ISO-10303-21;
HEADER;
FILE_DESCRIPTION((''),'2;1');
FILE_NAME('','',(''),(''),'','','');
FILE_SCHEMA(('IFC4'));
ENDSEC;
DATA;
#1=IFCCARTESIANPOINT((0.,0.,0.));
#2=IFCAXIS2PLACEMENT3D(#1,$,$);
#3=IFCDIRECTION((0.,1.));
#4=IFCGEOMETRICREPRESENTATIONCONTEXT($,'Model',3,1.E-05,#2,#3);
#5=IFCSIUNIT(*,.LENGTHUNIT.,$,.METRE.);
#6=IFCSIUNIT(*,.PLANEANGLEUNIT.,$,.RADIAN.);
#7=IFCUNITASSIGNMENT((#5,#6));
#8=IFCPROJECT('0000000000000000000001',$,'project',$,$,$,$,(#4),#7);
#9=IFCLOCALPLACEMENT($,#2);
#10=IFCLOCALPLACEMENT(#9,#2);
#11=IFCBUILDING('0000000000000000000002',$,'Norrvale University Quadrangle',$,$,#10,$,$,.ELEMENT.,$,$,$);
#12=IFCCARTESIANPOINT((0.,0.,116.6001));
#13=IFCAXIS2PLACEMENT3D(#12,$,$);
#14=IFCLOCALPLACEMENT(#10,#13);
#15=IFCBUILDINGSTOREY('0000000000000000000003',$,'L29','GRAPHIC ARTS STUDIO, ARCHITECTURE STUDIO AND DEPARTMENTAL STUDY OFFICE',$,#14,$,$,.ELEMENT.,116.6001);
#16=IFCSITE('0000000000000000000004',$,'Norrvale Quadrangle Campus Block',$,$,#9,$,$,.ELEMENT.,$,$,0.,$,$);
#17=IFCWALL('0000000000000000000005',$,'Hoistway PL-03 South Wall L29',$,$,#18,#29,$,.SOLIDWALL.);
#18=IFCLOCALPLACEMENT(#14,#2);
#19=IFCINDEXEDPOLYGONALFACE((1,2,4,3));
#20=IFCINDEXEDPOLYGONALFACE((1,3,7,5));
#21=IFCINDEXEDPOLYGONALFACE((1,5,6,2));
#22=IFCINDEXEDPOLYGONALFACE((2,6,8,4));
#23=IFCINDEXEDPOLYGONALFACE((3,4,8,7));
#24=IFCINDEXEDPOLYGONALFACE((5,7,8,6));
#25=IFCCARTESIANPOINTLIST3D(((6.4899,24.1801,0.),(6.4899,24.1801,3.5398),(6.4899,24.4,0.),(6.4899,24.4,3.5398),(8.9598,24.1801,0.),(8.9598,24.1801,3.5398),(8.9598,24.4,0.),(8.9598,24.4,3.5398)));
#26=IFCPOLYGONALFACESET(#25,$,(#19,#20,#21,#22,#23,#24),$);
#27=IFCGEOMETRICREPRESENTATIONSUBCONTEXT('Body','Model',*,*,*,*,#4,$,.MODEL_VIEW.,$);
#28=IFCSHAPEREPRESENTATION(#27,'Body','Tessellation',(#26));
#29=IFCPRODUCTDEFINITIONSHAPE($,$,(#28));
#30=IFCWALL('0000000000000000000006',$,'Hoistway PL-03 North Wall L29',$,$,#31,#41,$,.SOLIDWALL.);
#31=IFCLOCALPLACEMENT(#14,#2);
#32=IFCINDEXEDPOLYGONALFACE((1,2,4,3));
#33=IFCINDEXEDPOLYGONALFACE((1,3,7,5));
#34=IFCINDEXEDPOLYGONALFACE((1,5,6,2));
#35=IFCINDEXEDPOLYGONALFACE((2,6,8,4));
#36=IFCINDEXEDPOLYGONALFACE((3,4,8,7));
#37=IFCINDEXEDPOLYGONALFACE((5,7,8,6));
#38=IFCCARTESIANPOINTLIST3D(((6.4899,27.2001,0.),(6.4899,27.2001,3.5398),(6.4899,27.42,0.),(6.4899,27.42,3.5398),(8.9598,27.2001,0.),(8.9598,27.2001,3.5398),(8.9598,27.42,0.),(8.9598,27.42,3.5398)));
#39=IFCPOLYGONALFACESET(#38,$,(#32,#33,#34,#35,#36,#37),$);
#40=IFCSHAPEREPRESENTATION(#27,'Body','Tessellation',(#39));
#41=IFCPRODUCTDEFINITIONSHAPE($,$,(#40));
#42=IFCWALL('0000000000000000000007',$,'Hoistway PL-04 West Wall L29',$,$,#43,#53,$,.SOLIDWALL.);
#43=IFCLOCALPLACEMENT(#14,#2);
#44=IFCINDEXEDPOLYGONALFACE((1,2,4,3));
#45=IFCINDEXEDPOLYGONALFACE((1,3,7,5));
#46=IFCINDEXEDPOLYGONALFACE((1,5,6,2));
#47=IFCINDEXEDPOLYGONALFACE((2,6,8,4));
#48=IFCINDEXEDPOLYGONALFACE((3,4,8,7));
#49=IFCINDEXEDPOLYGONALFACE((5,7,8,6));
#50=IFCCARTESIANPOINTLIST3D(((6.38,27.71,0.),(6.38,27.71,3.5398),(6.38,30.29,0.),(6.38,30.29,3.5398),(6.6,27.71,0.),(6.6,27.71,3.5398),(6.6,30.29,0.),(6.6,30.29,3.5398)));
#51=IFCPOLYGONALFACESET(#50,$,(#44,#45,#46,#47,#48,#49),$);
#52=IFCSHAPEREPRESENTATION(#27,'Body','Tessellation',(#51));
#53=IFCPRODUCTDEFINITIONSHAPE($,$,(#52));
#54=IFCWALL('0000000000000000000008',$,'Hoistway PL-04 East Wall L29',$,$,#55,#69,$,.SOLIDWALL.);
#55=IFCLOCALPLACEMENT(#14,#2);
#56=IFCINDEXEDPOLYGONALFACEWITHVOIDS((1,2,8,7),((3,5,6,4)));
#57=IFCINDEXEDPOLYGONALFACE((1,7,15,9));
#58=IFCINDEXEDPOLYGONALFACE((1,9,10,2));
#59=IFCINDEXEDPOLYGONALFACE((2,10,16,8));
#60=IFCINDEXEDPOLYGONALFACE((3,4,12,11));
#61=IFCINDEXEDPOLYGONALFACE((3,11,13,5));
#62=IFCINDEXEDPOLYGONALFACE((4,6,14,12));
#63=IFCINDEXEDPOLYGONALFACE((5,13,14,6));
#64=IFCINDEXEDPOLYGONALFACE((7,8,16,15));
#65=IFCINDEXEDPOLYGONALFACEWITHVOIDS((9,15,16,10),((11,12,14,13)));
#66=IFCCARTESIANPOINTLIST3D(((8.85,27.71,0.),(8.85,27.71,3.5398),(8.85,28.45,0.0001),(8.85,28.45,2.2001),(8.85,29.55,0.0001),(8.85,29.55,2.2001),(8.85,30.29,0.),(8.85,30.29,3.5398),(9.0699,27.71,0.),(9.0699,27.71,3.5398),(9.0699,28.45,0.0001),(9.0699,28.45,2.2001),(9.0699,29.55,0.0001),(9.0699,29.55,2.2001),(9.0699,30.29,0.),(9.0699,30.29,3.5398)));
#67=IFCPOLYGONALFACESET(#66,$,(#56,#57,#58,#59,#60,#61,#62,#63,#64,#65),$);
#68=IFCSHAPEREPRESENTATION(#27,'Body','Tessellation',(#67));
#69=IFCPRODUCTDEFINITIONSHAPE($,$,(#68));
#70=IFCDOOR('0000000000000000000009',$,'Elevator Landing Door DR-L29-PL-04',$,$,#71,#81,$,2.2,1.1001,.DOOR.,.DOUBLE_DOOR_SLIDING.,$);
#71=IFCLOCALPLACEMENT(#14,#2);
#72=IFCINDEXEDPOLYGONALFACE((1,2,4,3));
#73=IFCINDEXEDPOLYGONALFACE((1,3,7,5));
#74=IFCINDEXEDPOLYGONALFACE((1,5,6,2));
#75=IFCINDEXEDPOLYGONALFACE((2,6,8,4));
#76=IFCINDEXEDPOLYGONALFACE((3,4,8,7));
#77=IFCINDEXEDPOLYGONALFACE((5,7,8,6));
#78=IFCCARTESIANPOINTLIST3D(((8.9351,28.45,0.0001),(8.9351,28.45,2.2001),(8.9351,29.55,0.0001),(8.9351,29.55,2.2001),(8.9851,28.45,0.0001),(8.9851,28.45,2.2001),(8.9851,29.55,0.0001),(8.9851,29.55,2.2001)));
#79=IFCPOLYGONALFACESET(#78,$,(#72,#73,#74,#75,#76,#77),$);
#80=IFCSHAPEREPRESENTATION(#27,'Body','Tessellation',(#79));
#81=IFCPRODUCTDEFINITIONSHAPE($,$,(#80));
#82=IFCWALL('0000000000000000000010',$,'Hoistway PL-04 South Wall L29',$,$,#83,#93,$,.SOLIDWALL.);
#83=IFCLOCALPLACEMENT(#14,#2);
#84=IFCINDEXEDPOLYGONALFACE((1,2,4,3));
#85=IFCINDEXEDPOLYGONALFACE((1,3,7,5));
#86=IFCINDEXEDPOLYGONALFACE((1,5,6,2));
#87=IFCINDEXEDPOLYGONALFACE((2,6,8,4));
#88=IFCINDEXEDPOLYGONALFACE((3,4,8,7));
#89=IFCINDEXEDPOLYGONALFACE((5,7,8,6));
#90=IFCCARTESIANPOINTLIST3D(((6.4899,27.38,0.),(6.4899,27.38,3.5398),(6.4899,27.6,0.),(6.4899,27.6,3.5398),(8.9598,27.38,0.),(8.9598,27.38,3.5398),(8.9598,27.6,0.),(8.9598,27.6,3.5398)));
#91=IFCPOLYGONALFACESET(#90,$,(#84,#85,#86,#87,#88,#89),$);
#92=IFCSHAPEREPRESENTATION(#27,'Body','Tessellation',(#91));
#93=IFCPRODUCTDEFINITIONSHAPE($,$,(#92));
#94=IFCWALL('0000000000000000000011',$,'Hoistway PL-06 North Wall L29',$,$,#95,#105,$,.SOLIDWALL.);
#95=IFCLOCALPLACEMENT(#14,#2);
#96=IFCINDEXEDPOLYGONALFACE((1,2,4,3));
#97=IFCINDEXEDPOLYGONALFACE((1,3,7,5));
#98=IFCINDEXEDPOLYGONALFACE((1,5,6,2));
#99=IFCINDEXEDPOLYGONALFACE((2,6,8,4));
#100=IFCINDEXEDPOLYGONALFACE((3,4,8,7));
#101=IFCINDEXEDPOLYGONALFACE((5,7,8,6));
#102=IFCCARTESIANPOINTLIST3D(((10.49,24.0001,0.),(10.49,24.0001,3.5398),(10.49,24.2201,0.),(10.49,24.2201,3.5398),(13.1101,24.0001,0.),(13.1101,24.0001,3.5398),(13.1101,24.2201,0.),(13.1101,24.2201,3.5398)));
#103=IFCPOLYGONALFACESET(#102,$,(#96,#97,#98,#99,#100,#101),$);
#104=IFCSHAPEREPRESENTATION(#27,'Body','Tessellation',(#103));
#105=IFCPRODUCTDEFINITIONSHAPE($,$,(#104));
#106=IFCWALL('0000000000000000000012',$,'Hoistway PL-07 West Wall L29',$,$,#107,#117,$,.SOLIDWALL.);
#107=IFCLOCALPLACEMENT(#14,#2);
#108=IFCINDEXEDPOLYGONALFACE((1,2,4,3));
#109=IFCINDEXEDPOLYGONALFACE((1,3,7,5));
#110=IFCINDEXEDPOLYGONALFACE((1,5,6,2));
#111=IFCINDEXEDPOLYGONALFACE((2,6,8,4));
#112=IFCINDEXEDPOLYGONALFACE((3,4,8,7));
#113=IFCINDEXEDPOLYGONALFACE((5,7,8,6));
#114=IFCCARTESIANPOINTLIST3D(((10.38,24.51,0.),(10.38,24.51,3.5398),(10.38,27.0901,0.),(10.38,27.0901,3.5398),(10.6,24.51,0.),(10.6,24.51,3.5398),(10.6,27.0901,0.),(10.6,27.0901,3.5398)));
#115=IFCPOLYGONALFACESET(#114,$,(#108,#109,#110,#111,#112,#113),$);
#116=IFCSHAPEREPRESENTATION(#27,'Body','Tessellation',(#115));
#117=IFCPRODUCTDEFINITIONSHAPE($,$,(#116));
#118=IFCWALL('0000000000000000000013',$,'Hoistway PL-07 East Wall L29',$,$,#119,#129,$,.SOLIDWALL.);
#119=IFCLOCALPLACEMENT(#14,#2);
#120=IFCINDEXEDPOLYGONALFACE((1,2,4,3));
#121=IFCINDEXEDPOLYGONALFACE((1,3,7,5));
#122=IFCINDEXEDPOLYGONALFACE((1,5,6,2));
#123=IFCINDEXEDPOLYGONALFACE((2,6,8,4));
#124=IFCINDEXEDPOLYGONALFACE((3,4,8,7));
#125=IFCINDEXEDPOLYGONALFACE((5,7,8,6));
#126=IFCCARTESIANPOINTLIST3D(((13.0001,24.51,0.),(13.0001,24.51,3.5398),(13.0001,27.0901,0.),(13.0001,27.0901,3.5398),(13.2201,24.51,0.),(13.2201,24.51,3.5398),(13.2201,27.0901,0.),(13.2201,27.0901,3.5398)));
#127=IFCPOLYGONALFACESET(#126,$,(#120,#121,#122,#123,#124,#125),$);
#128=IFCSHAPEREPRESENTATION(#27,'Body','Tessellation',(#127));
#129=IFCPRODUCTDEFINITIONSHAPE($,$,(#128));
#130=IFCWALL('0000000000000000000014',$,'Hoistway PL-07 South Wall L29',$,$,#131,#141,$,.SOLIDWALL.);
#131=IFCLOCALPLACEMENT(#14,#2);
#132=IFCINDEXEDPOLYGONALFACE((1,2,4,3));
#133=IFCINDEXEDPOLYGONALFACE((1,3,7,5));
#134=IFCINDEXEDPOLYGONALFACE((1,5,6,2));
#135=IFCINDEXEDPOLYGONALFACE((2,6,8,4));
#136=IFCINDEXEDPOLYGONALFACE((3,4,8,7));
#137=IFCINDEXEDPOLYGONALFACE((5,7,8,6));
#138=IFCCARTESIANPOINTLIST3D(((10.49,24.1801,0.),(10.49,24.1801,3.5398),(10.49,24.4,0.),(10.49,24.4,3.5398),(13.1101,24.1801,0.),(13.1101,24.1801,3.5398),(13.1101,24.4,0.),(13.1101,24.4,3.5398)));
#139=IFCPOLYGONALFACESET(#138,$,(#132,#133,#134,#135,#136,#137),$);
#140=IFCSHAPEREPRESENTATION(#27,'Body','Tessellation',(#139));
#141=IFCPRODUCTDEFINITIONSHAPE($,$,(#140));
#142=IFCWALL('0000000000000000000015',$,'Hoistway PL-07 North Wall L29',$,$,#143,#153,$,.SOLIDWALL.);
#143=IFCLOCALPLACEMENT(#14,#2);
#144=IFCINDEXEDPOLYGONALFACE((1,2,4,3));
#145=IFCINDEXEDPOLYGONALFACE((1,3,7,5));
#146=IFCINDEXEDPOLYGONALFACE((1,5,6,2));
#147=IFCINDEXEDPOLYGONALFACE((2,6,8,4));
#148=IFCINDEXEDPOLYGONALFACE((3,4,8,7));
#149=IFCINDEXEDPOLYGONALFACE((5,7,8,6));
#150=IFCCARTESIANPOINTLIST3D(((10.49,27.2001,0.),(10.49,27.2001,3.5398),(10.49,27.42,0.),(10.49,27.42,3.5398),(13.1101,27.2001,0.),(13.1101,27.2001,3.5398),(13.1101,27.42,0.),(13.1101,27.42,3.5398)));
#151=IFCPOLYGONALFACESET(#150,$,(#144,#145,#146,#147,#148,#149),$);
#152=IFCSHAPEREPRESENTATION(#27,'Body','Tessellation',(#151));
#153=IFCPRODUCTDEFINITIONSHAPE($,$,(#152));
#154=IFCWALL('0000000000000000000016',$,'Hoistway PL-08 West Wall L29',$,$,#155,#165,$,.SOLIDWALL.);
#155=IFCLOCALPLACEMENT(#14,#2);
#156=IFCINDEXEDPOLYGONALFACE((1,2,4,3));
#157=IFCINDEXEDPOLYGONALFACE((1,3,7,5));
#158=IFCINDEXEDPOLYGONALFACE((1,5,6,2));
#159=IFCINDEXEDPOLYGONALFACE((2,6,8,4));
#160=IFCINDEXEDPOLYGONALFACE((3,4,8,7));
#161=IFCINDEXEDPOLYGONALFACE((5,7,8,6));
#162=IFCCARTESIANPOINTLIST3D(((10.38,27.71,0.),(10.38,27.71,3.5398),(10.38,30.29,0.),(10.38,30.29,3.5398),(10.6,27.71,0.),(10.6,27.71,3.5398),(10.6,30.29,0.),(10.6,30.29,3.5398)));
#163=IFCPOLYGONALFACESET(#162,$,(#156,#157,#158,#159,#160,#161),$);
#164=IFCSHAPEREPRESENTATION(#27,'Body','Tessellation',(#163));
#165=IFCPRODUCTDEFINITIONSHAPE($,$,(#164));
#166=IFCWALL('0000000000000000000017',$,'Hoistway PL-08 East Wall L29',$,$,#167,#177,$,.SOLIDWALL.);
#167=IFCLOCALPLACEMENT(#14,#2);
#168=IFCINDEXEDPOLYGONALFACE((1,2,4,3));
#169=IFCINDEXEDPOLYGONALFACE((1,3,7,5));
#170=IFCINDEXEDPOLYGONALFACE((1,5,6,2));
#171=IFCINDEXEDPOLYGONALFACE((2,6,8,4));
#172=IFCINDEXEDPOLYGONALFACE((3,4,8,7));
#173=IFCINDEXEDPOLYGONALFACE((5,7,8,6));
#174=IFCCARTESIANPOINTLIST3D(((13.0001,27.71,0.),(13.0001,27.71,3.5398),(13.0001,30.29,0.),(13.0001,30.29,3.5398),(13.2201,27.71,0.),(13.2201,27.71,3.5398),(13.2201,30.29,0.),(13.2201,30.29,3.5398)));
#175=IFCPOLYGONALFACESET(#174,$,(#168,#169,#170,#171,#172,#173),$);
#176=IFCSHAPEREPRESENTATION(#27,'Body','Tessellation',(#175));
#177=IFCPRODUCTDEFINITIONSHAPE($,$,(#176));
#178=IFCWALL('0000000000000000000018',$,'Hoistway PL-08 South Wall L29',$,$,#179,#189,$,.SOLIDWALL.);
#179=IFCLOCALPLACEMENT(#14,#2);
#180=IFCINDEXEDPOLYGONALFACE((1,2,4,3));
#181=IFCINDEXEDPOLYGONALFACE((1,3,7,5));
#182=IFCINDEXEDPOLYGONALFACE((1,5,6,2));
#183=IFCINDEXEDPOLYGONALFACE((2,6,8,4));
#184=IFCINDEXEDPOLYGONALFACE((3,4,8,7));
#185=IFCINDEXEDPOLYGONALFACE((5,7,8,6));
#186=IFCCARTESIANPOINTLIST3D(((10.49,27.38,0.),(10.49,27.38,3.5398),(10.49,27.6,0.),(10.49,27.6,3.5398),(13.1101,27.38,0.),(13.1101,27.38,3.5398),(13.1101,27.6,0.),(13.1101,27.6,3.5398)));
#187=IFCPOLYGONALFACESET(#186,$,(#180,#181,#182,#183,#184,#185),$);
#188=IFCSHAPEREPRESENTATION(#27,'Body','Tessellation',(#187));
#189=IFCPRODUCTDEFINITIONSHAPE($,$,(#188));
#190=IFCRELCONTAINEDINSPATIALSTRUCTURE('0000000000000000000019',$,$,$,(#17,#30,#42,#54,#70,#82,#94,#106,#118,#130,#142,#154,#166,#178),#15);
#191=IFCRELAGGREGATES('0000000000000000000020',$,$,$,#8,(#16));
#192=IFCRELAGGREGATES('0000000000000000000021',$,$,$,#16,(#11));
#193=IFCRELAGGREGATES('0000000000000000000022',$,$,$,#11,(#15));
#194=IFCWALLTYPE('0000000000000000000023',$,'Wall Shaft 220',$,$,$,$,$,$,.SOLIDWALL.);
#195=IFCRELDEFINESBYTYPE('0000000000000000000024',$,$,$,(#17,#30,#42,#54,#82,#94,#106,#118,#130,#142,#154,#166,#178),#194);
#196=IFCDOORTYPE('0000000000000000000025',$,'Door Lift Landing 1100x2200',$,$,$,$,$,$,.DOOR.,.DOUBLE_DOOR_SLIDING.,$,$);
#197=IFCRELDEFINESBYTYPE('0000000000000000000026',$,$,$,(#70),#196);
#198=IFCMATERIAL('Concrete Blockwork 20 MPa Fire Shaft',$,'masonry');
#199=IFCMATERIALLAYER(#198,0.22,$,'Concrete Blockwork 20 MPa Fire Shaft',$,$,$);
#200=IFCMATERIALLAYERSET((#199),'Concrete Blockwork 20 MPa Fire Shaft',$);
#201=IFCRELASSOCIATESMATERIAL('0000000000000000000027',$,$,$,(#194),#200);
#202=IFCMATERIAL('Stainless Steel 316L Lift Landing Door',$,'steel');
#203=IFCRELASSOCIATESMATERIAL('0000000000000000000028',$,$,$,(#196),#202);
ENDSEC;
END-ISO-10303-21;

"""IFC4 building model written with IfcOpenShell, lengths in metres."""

from ifc_helpers import new_model, si_unit, direction, frame, frame_2d, origin, place, context, subcontext, project, spatial, rectangle, extrude, material, layer, layer_set, type_object, element, fill, save


model = new_model("IFC4")

# Units and contexts
model_context = context("Model", 3, precision=1e-05, world=origin(), true_north=direction((0.0, 1.0)))
body_context = subcontext(model_context, "Body", "Model", "MODEL_VIEW")
ifc_project = project(units=[si_unit("LENGTHUNIT", "METRE"), si_unit("PLANEANGLEUNIT", "RADIAN")], contexts=[model_context])

# Site, building, storey
site_placement = place(None, origin())
site = spatial("IfcSite", under=ifc_project, at=site_placement, Name="Norrvale Quadrangle Campus Block", CompositionType="ELEMENT", RefElevation=0.0)
building_placement = place(site_placement, origin())
building = spatial("IfcBuilding", under=site, at=building_placement, Name="Norrvale University Quadrangle", CompositionType="ELEMENT")
storey_placement = place(building_placement, frame((0.0, 0.0, 116.6001)))
storey = spatial("IfcBuildingStorey", under=building, at=storey_placement, Name="L29", Description="GRAPHIC ARTS STUDIO, ARCHITECTURE STUDIO AND DEPARTMENTAL STUDY OFFICE", CompositionType="ELEMENT", Elevation=116.6001)

# Shared definitions
ifc_material_1 = material(Name="Concrete Blockwork 20 MPa Fire Shaft", Category="masonry")
ifc_layer = layer(ifc_material_1, 0.22, Name="Concrete Blockwork 20 MPa Fire Shaft")
ifc_layer_set = layer_set([ifc_layer], Name="Concrete Blockwork 20 MPa Fire Shaft")
wall_type = type_object("IfcWallType", Name="Wall Shaft 220", PredefinedType="SOLIDWALL", material=ifc_layer_set)

# Shared definitions
ifc_material_2 = material(Name="Stainless Steel 316L Lift Landing Door", Category="steel")
door_type = type_object("IfcDoorType", Name="Door Lift Landing 1100x2200", OperationType="DOUBLE_DOOR_SLIDING", PredefinedType="DOOR", material=ifc_material_2)

# Walls
for number, where, z_axis, x_axis, name in (
    (1, (6.49, 24.29, 0.0), (0.0, 0.0, 1.0), (1.0, 0.0, 0.0), "Hoistway PL-03 South Wall L29"),
    (2, (6.49, 27.3101, 0.0), (0.0, 0.0, 1.0), (1.0, 0.0, 0.0), "Hoistway PL-03 North Wall L29"),
):
    element("IfcWall", number, at=place(storey_placement, frame(where, z_axis=z_axis, x_axis=x_axis)), inside=storey, type_object=wall_type, Name=name, PredefinedType="SOLIDWALL", context=body_context, shape_type="SweptSolid", body=[
        extrude(rectangle(XDim=2.47, YDim=0.22, at=frame_2d((1.2349, 0.0))), origin(), (0.0, 0.0, 1.0), 3.5398),
    ])
wall_1_placement = place(storey_placement, frame((6.49, 27.71, 0.0), z_axis=(0.0, 0.0, 1.0), x_axis=(0.0, 1.0, 0.0)))
element("IfcWall", 3, at=wall_1_placement, inside=storey, type_object=wall_type, Name="Hoistway PL-04 West Wall L29", PredefinedType="SOLIDWALL", context=body_context, shape_type="SweptSolid", body=[
    extrude(rectangle(XDim=2.5801, YDim=0.22, at=frame_2d((1.29, 0.0))), origin(), (0.0, 0.0, 1.0), 3.5398),
])

# Wall, opening, door
wall_2_placement = place(storey_placement, frame((8.96, 27.71, 0.0), z_axis=(0.0, 0.0, 1.0), x_axis=(0.0, 1.0, 0.0)))
wall_2 = element("IfcWall", 4, at=wall_2_placement, inside=storey, type_object=wall_type, Name="Hoistway PL-04 East Wall L29", PredefinedType="SOLIDWALL", context=body_context, shape_type="SweptSolid", body=[
    extrude(rectangle(XDim=2.5801, YDim=0.22, at=frame_2d((1.29, 0.0))), origin(), (0.0, 0.0, 1.0), 3.5398),
])
opening_1_placement = place(wall_2_placement, frame((0.74, 0.0, 0.0)))
opening_1 = element("IfcOpeningElement", 5, at=opening_1_placement, cuts=wall_2, PredefinedType="OPENING", context=body_context, shape_type="SweptSolid", body=[
    extrude(rectangle(XDim=1.1001, YDim=2.2, at=frame_2d((0.55, 1.1001))), frame((0.0, 0.1221, 0.0), z_axis=(0.0, -1.0, 0.0), x_axis=(1.0, 0.0, 0.0)), (0.0, 0.0, 1.0), 0.2439),
])
door_1_placement = place(opening_1_placement, origin())
door_1 = element("IfcDoor", 6, at=door_1_placement, inside=storey, type_object=door_type, Name="Elevator Landing Door DR-L29-PL-04", OperationType="DOUBLE_DOOR_SLIDING", OverallHeight=2.2, OverallWidth=1.1001, PredefinedType="DOOR", context=body_context, shape_type="SweptSolid", body=[
    extrude(rectangle(XDim=1.1001, YDim=2.2, at=frame_2d((0.55, 1.1001))), frame((0.0, 0.0249, 0.0), z_axis=(0.0, -1.0, 0.0), x_axis=(1.0, 0.0, 0.0)), (0.0, 0.0, 1.0), 0.05),
])
fill(opening_1, door_1)

# Walls
wall_3_placement = place(storey_placement, frame((6.49, 27.49, 0.0), z_axis=(0.0, 0.0, 1.0), x_axis=(1.0, 0.0, 0.0)))
element("IfcWall", 7, at=wall_3_placement, inside=storey, type_object=wall_type, Name="Hoistway PL-04 South Wall L29", PredefinedType="SOLIDWALL", context=body_context, shape_type="SweptSolid", body=[
    extrude(rectangle(XDim=2.47, YDim=0.22, at=frame_2d((1.2349, 0.0))), origin(), (0.0, 0.0, 1.0), 3.5398),
])
wall_4_placement = place(storey_placement, frame((10.49, 24.1101, 0.0), z_axis=(0.0, 0.0, 1.0), x_axis=(1.0, 0.0, 0.0)))
element("IfcWall", 8, at=wall_4_placement, inside=storey, type_object=wall_type, Name="Hoistway PL-06 North Wall L29", PredefinedType="SOLIDWALL", context=body_context, shape_type="SweptSolid", body=[
    extrude(rectangle(XDim=2.6201, YDim=0.22, at=frame_2d((1.3101, 0.0))), origin(), (0.0, 0.0, 1.0), 3.5398),
])
for number, where, z_axis, x_axis, name in (
    (9, (10.49, 24.51, 0.0), (0.0, 0.0, 1.0), (0.0, 1.0, 0.0), "Hoistway PL-07 West Wall L29"),
    (10, (13.1101, 24.51, 0.0), (0.0, 0.0, 1.0), (0.0, 1.0, 0.0), "Hoistway PL-07 East Wall L29"),
):
    element("IfcWall", number, at=place(storey_placement, frame(where, z_axis=z_axis, x_axis=x_axis)), inside=storey, type_object=wall_type, Name=name, PredefinedType="SOLIDWALL", context=body_context, shape_type="SweptSolid", body=[
        extrude(rectangle(XDim=2.5801, YDim=0.22, at=frame_2d((1.29, 0.0))), origin(), (0.0, 0.0, 1.0), 3.5398),
    ])
for number, where, z_axis, x_axis, name in (
    (11, (10.49, 24.29, 0.0), (0.0, 0.0, 1.0), (1.0, 0.0, 0.0), "Hoistway PL-07 South Wall L29"),
    (12, (10.49, 27.3101, 0.0), (0.0, 0.0, 1.0), (1.0, 0.0, 0.0), "Hoistway PL-07 North Wall L29"),
):
    element("IfcWall", number, at=place(storey_placement, frame(where, z_axis=z_axis, x_axis=x_axis)), inside=storey, type_object=wall_type, Name=name, PredefinedType="SOLIDWALL", context=body_context, shape_type="SweptSolid", body=[
        extrude(rectangle(XDim=2.6201, YDim=0.22, at=frame_2d((1.3101, 0.0))), origin(), (0.0, 0.0, 1.0), 3.5398),
    ])
for number, where, z_axis, x_axis, name in (
    (13, (10.49, 27.71, 0.0), (0.0, 0.0, 1.0), (0.0, 1.0, 0.0), "Hoistway PL-08 West Wall L29"),
    (14, (13.1101, 27.71, 0.0), (0.0, 0.0, 1.0), (0.0, 1.0, 0.0), "Hoistway PL-08 East Wall L29"),
):
    element("IfcWall", number, at=place(storey_placement, frame(where, z_axis=z_axis, x_axis=x_axis)), inside=storey, type_object=wall_type, Name=name, PredefinedType="SOLIDWALL", context=body_context, shape_type="SweptSolid", body=[
        extrude(rectangle(XDim=2.5801, YDim=0.22, at=frame_2d((1.29, 0.0))), origin(), (0.0, 0.0, 1.0), 3.5398),
    ])
wall_5_placement = place(storey_placement, frame((10.49, 27.49, 0.0), z_axis=(0.0, 0.0, 1.0), x_axis=(1.0, 0.0, 0.0)))
element("IfcWall", 15, at=wall_5_placement, inside=storey, type_object=wall_type, Name="Hoistway PL-08 South Wall L29", PredefinedType="SOLIDWALL", context=body_context, shape_type="SweptSolid", body=[
    extrude(rectangle(XDim=2.6201, YDim=0.22, at=frame_2d((1.3101, 0.0))), origin(), (0.0, 0.0, 1.0), 3.5398),
])

save(model, "model.ifc")
